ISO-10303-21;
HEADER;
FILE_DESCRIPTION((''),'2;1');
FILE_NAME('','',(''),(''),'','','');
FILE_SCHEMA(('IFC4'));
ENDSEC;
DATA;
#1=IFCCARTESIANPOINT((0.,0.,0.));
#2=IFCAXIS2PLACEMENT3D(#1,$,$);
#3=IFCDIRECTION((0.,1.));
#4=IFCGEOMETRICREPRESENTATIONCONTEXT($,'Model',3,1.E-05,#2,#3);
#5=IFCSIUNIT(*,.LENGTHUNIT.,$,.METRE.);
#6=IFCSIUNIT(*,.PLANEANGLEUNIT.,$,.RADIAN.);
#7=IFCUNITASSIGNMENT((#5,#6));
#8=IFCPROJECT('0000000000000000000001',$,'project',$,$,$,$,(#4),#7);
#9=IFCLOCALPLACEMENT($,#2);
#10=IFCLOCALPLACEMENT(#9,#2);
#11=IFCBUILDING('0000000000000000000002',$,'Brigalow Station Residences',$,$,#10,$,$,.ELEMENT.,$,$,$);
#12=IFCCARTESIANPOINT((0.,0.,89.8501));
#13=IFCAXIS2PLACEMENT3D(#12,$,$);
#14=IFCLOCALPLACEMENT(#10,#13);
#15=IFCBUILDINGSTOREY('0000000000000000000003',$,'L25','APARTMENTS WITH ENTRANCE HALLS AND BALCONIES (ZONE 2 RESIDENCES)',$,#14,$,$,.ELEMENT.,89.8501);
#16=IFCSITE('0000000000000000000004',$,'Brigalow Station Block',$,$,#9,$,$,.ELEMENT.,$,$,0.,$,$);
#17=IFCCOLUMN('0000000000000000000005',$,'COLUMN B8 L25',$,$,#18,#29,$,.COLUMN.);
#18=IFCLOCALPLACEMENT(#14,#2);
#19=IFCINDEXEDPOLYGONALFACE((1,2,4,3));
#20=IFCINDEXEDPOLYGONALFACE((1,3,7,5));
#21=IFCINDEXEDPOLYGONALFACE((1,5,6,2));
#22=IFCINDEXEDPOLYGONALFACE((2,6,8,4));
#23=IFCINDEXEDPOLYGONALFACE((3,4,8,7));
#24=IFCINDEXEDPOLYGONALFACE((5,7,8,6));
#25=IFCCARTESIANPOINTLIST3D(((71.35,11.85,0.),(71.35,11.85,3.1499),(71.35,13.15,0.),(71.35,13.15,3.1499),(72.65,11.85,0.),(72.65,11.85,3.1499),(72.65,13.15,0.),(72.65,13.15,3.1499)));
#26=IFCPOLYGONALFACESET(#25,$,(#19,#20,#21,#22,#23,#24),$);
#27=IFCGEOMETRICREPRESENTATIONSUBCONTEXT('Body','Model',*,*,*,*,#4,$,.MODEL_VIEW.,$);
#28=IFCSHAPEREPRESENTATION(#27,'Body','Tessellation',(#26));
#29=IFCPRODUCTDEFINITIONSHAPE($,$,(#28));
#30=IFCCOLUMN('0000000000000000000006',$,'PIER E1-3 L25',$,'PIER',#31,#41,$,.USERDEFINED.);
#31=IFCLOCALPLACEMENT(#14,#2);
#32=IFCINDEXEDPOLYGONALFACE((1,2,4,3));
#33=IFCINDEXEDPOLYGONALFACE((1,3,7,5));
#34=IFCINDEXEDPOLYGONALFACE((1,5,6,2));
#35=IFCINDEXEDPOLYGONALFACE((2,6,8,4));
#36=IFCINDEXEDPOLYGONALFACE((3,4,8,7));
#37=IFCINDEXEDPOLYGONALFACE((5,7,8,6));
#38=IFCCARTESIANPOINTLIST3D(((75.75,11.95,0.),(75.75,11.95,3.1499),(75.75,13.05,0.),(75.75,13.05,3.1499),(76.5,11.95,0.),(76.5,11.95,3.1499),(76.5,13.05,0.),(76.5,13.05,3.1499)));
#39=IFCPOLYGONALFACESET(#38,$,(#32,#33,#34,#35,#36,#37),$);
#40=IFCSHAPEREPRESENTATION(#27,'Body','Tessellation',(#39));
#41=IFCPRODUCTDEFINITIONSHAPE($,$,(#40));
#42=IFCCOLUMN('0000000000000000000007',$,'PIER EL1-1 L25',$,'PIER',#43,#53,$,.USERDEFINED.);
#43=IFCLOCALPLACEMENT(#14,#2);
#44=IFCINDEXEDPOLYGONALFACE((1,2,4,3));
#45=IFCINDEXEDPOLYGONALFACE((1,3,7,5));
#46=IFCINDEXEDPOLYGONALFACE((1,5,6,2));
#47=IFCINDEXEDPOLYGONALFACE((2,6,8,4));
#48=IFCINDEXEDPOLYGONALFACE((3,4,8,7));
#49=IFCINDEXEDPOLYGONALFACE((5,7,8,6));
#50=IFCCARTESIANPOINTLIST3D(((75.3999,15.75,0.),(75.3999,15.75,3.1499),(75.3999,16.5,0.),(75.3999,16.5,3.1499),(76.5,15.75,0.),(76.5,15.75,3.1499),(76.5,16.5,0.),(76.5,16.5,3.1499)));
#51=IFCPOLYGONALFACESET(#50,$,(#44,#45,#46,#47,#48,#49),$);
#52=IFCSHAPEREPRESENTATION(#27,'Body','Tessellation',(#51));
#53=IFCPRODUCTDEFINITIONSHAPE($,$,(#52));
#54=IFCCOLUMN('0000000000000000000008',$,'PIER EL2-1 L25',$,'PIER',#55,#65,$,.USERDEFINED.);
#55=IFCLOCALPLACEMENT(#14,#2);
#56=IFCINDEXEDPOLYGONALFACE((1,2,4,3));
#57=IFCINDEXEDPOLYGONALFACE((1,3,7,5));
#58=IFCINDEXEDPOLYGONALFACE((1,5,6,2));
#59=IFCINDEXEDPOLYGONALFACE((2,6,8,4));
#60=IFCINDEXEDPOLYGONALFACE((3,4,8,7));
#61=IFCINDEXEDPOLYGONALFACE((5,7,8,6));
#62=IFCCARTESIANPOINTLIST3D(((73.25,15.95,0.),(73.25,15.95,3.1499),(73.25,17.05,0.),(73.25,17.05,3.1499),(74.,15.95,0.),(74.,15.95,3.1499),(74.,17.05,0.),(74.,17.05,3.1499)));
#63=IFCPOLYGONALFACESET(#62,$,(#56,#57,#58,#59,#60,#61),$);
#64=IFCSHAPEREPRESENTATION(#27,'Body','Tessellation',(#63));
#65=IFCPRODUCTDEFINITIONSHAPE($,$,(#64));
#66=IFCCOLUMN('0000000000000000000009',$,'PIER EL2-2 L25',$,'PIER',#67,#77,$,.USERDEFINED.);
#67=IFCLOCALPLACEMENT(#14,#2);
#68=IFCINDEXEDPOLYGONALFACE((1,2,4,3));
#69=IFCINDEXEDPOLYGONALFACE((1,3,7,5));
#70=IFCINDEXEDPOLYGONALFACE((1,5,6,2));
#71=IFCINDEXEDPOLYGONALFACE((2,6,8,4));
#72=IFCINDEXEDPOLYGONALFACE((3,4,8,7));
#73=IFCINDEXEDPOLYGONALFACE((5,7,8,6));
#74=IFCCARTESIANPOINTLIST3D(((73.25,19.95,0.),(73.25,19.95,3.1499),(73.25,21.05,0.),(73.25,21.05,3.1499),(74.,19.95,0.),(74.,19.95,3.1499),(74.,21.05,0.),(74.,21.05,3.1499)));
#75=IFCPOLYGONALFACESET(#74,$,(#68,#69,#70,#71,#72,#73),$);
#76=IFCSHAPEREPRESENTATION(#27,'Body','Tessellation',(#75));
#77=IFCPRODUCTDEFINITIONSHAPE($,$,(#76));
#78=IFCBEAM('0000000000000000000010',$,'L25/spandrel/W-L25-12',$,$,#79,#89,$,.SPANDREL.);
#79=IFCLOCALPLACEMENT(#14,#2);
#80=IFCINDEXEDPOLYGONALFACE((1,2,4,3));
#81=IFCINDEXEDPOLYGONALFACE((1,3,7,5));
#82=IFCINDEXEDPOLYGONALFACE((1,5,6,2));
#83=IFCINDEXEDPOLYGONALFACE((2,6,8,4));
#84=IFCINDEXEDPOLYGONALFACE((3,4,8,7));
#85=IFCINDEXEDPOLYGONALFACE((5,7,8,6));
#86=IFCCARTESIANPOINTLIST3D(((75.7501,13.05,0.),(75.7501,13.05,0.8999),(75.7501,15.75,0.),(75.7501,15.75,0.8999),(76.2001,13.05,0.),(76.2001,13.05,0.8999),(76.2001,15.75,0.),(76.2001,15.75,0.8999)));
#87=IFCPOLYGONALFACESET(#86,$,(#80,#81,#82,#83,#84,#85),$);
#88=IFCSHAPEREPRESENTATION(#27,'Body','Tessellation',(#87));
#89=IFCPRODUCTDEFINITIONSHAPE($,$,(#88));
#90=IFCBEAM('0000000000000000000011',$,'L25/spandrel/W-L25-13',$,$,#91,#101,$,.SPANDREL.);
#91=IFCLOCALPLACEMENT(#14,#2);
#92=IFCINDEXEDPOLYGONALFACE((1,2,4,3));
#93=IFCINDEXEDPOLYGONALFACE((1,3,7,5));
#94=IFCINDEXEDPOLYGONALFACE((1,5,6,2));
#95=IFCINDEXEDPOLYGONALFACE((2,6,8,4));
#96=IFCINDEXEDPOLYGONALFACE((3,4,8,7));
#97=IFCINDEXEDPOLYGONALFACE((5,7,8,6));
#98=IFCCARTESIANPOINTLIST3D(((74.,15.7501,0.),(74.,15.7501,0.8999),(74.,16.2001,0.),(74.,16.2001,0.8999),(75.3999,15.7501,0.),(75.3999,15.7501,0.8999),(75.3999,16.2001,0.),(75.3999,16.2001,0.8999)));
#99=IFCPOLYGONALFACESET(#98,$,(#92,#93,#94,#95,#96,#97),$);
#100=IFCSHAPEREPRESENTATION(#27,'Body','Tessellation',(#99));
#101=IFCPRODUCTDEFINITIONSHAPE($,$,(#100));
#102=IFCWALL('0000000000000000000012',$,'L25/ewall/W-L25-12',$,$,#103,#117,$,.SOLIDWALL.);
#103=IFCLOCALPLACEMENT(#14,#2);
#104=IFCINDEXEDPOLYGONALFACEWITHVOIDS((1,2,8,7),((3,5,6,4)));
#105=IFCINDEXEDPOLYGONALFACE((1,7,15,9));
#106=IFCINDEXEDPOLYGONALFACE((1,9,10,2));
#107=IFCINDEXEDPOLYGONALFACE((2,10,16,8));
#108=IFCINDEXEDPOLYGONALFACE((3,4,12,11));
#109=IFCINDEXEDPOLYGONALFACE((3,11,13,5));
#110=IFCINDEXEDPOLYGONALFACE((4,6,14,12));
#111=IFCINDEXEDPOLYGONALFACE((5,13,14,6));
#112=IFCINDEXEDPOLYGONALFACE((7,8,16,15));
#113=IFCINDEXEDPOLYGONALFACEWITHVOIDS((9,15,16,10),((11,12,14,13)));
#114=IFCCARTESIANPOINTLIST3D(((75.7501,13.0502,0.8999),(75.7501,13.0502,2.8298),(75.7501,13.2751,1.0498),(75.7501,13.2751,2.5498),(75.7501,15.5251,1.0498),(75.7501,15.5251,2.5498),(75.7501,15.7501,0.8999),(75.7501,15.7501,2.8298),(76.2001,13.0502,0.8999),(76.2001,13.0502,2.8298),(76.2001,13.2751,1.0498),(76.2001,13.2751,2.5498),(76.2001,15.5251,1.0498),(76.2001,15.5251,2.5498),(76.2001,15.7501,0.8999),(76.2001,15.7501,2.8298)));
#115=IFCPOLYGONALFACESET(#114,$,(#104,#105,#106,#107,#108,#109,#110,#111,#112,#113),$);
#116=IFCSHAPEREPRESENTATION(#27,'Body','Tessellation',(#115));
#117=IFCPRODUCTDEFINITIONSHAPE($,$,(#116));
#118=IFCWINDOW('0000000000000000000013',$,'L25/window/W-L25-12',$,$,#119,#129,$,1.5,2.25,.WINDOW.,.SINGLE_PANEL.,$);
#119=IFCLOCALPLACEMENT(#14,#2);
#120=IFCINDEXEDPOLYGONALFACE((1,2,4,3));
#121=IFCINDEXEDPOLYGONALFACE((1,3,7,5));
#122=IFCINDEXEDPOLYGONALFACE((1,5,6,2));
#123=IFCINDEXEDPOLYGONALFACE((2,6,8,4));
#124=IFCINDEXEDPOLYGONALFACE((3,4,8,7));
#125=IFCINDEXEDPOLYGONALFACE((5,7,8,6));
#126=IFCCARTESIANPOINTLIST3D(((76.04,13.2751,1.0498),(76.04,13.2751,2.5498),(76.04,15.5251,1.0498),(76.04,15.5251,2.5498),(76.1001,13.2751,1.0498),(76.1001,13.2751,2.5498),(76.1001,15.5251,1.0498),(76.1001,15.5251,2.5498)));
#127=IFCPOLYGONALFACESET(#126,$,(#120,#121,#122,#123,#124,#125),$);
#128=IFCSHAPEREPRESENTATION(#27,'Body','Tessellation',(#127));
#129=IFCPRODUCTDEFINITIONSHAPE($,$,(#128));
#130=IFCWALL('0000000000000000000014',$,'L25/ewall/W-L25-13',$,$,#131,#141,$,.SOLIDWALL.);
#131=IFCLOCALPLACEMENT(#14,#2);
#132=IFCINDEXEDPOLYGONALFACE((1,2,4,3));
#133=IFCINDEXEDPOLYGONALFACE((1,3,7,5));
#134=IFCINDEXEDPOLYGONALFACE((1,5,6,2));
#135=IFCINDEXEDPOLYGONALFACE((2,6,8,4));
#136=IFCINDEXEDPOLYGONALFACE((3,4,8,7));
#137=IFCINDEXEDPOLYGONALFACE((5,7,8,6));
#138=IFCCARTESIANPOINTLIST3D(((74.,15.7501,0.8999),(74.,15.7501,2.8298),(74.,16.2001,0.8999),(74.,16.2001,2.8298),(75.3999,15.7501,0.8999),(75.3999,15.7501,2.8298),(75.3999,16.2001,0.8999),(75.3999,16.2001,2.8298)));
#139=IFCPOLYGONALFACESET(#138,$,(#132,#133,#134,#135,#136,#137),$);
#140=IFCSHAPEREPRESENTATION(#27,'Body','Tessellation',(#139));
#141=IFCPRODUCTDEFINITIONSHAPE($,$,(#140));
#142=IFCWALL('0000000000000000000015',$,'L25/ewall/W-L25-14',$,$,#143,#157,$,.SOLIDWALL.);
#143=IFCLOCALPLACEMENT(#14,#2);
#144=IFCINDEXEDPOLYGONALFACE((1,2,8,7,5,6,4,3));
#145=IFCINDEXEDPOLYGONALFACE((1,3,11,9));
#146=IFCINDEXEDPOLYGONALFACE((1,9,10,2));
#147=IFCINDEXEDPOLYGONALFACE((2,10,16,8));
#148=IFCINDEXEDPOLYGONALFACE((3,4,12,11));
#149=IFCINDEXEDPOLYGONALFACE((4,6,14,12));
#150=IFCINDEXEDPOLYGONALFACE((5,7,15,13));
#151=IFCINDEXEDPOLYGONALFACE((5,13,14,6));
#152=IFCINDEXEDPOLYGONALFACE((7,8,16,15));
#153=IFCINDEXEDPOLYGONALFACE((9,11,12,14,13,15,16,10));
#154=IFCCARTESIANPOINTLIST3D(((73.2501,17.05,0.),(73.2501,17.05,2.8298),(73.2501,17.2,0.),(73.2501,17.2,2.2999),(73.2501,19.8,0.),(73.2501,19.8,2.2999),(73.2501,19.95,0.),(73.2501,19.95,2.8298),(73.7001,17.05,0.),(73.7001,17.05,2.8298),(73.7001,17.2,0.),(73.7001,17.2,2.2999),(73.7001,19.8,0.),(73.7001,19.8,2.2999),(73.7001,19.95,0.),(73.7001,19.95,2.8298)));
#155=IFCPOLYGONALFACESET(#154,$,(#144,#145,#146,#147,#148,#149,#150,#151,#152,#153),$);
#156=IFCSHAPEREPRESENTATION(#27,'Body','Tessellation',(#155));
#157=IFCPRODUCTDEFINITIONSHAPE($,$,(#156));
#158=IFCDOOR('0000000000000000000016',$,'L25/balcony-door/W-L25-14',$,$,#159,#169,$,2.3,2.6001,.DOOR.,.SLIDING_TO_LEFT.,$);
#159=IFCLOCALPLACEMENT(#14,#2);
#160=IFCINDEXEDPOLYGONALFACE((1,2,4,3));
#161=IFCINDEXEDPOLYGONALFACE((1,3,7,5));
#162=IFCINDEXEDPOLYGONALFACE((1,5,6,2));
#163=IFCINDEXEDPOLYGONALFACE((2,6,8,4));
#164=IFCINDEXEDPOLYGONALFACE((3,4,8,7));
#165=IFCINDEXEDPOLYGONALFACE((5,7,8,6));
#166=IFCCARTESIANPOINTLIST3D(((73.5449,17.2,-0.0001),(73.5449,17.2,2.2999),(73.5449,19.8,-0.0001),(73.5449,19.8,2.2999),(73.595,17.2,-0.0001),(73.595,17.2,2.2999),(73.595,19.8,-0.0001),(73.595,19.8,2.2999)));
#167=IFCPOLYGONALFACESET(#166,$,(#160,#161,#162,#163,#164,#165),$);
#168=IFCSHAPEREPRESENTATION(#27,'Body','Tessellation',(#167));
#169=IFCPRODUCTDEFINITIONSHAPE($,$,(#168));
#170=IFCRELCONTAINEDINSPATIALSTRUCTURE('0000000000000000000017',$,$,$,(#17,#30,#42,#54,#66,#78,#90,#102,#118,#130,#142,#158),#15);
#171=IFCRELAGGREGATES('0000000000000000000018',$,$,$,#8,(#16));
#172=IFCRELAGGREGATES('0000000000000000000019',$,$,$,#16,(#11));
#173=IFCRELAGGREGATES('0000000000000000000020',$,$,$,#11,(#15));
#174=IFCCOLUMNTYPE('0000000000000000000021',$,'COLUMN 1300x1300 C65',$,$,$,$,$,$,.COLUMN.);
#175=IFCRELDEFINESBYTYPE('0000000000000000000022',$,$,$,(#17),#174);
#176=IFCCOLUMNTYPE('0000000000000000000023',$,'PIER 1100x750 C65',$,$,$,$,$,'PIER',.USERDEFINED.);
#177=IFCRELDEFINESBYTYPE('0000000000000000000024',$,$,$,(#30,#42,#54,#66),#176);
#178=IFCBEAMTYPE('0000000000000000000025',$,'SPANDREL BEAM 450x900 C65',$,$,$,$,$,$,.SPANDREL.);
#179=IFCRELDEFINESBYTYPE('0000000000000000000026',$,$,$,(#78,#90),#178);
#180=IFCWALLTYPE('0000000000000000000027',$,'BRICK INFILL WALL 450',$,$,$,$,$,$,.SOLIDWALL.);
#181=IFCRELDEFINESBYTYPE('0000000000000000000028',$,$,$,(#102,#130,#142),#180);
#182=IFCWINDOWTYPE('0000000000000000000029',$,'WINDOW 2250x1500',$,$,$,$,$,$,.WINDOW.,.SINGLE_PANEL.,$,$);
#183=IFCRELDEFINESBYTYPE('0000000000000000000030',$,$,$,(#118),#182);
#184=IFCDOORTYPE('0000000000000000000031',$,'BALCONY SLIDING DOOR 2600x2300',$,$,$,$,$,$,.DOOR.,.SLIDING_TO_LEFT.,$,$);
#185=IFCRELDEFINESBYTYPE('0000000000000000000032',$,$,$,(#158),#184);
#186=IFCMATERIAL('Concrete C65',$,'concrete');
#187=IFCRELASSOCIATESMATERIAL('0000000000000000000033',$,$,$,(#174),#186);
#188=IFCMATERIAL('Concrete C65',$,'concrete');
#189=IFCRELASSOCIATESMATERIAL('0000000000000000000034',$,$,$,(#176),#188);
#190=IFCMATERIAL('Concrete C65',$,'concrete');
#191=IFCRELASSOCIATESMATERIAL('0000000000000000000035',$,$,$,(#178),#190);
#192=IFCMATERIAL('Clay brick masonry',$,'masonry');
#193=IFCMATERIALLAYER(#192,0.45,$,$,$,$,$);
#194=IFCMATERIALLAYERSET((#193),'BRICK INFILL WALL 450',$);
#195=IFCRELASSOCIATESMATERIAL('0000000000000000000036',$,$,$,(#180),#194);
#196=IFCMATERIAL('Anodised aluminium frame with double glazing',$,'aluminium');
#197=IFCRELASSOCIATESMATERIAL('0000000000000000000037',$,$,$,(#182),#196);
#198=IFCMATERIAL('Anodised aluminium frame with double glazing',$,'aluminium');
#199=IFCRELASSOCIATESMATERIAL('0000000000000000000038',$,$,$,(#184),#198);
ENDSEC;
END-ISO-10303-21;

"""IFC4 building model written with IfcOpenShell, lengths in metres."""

from ifc_helpers import new_model, si_unit, direction, frame, frame_2d, origin, origin_2d, place, context, subcontext, project, spatial, rectangle, extrude, material, layer, layer_set, material_profile, profile_set, type_object, element, fill, save


model = new_model("IFC4")

# Units and contexts
model_context = context("Model", 3, precision=1e-05, world=origin(), true_north=direction((0.0, 1.0)))
body_context = subcontext(model_context, "Body", "Model", "MODEL_VIEW")
ifc_project = project(units=[si_unit("LENGTHUNIT", "METRE"), si_unit("PLANEANGLEUNIT", "RADIAN")], contexts=[model_context])

# Site, building, storey
site_placement = place(None, origin())
site = spatial("IfcSite", under=ifc_project, at=site_placement, Name="Brigalow Station Block", CompositionType="ELEMENT", RefElevation=0.0)
building_placement = place(site_placement, origin())
building = spatial("IfcBuilding", under=site, at=building_placement, Name="Brigalow Station Residences", CompositionType="ELEMENT")
storey_placement = place(building_placement, frame((0.0, 0.0, 89.8501)))
storey = spatial("IfcBuildingStorey", under=building, at=storey_placement, Name="L25", Description="APARTMENTS WITH ENTRANCE HALLS AND BALCONIES (ZONE 2 RESIDENCES)", CompositionType="ELEMENT", Elevation=89.8501)

# Columns
ifc_material_1 = material(Name="Concrete C65", Category="concrete")
ifc_material_profile_1 = material_profile(ifc_material_1, rectangle(XDim=1.3, YDim=1.3, at=origin_2d()), Name="RC1300x1300")
ifc_profile_set_1 = profile_set([ifc_material_profile_1], Name="Concrete C65")
column_type_1 = type_object("IfcColumnType", Name="COLUMN 1300x1300 C65", PredefinedType="COLUMN", material=ifc_profile_set_1)
column_placement = place(storey_placement, frame((72.0, 12.5, 0.0), z_axis=(0.0, 0.0, 1.0), x_axis=(1.0, 0.0, 0.0)))
element("IfcColumn", 1, at=column_placement, inside=storey, type_object=column_type_1, Name="COLUMN B8 L25", PredefinedType="COLUMN", context=body_context, shape_type="SweptSolid", body=[
    extrude(rectangle(XDim=1.3, YDim=1.3, at=origin_2d()), origin(), (0.0, 0.0, 1.0), 3.1499),
])
ifc_material_2 = material(Name="Concrete C65", Category="concrete")
ifc_material_profile_2 = material_profile(ifc_material_2, rectangle(XDim=1.1001, YDim=0.75, at=origin_2d()), Name="RC1100x750")
ifc_profile_set_2 = profile_set([ifc_material_profile_2], Name="Concrete C65")
column_type_2 = type_object("IfcColumnType", Name="PIER 1100x750 C65", ElementType="PIER", PredefinedType="USERDEFINED", material=ifc_profile_set_2)
for number, where, z_axis, x_axis, name in (
    (2, (76.125, 12.5, 0.0), (0.0, 0.0, 1.0), (0.0, 1.0, 0.0), "PIER E1-3 L25"),
    (3, (75.95, 16.125, 0.0), (0.0, 0.0, 1.0), (-1.0, 0.0, 0.0), "PIER EL1-1 L25"),
    (4, (73.625, 16.5, 0.0), (0.0, 0.0, 1.0), (0.0, 1.0, 0.0), "PIER EL2-1 L25"),
    (5, (73.625, 20.5, 0.0), (0.0, 0.0, 1.0), (0.0, 1.0, 0.0), "PIER EL2-2 L25"),
):
    element("IfcColumn", number, at=place(storey_placement, frame(where, z_axis=z_axis, x_axis=x_axis)), inside=storey, type_object=column_type_2, Name=name, ObjectType="PIER", PredefinedType="USERDEFINED", context=body_context, shape_type="SweptSolid", body=[
        extrude(rectangle(XDim=1.1001, YDim=0.75, at=origin_2d()), origin(), (0.0, 0.0, 1.0), 3.1499),
    ])

# Beams
ifc_material_3 = material(Name="Concrete C65", Category="concrete")
ifc_material_profile_3 = material_profile(ifc_material_3, rectangle(XDim=0.45, YDim=0.8999, at=origin_2d()), Name="RC450x900")
ifc_profile_set_3 = profile_set([ifc_material_profile_3], Name="Concrete C65")
beam_type = type_object("IfcBeamType", Name="SPANDREL BEAM 450x900 C65", PredefinedType="SPANDREL", material=ifc_profile_set_3)
beam_1_placement = place(storey_placement, frame((75.9751, 13.05, 0.45), z_axis=(0.0, 1.0, 0.0), x_axis=(-1.0, 0.0, 0.0)))
element("IfcBeam", 6, at=beam_1_placement, inside=storey, type_object=beam_type, Name="L25/spandrel/W-L25-12", PredefinedType="SPANDREL", context=body_context, shape_type="SweptSolid", body=[
    extrude(rectangle(XDim=0.45, YDim=0.8999, at=origin_2d()), origin(), (0.0, 0.0, 1.0), 2.7),
])
beam_2_placement = place(storey_placement, frame((75.3999, 15.9751, 0.45), z_axis=(-1.0, 0.0, 0.0), x_axis=(0.0, -1.0, 0.0)))
element("IfcBeam", 7, at=beam_2_placement, inside=storey, type_object=beam_type, Name="L25/spandrel/W-L25-13", PredefinedType="SPANDREL", context=body_context, shape_type="SweptSolid", body=[
    extrude(rectangle(XDim=0.45, YDim=0.8999, at=origin_2d()), origin(), (0.0, 0.0, 1.0), 1.3999),
])

# Wall, opening, window
ifc_material_4 = material(Name="Clay brick masonry", Category="masonry")
ifc_layer_1 = layer(ifc_material_4, 0.45)
ifc_layer_set_1 = layer_set([ifc_layer_1], Name="BRICK INFILL WALL 450")
wall_type_1 = type_object("IfcWallType", Name="BRICK INFILL WALL 450", PredefinedType="SOLIDWALL", material=ifc_layer_set_1)
wall_1_placement = place(storey_placement, frame((75.9751, 13.05, 0.8999), z_axis=(0.0, 0.0, 1.0), x_axis=(0.0, 1.0, 0.0)))
wall_1 = element("IfcWall", 8, at=wall_1_placement, inside=storey, type_object=wall_type_1, Name="L25/ewall/W-L25-12", PredefinedType="SOLIDWALL", context=body_context, shape_type="SweptSolid", body=[
    extrude(rectangle(XDim=2.7, YDim=0.45, at=frame_2d((1.3501, 0.0))), origin(), (0.0, 0.0, 1.0), 1.9299),
])
opening_1_placement = place(wall_1_placement, frame((0.2251, 0.0, 0.1499)))
opening_1 = element("IfcOpeningElement", 9, at=opening_1_placement, cuts=wall_1, PredefinedType="OPENING", context=body_context, shape_type="SweptSolid", body=[
    extrude(rectangle(XDim=2.25, YDim=1.5, at=frame_2d((1.125, 0.75))), frame((0.0, 0.2349, 0.0), z_axis=(0.0, -1.0, 0.0), x_axis=(1.0, 0.0, 0.0)), (0.0, 0.0, 1.0), 0.47),
])
ifc_material_5 = material(Name="Anodised aluminium frame with double glazing", Category="aluminium")
window_type = type_object("IfcWindowType", Name="WINDOW 2250x1500", PartitioningType="SINGLE_PANEL", PredefinedType="WINDOW", material=ifc_material_5)
window_placement = place(opening_1_placement, origin())
window = element("IfcWindow", 10, at=window_placement, inside=storey, type_object=window_type, Name="L25/window/W-L25-12", OverallHeight=1.5, OverallWidth=2.25, PartitioningType="SINGLE_PANEL", PredefinedType="WINDOW", context=body_context, shape_type="SweptSolid", body=[
    extrude(rectangle(XDim=2.25, YDim=1.5, at=frame_2d((1.125, 0.75))), frame((0.0, -0.0649, 0.0), z_axis=(0.0, -1.0, 0.0), x_axis=(1.0, 0.0, 0.0)), (0.0, 0.0, 1.0), 0.0601),
])
fill(opening_1, window)

# Wall
wall_2_placement = place(storey_placement, frame((75.3999, 15.9751, 0.8999), z_axis=(0.0, 0.0, 1.0), x_axis=(-1.0, 0.0, 0.0)))
element("IfcWall", 11, at=wall_2_placement, inside=storey, type_object=wall_type_1, Name="L25/ewall/W-L25-13", PredefinedType="SOLIDWALL", context=body_context, shape_type="SweptSolid", body=[
    extrude(rectangle(XDim=1.3999, YDim=0.45, at=frame_2d((0.7, 0.0))), origin(), (0.0, 0.0, 1.0), 1.9299),
])

# Wall, opening, door
wall_3_placement = place(storey_placement, frame((73.4751, 17.05, 0.0), z_axis=(0.0, 0.0, 1.0), x_axis=(0.0, 1.0, 0.0)))
wall_3 = element("IfcWall", 12, at=wall_3_placement, inside=storey, type_object=wall_type_1, Name="L25/ewall/W-L25-14", PredefinedType="SOLIDWALL", context=body_context, shape_type="SweptSolid", body=[
    extrude(rectangle(XDim=2.8999, YDim=0.45, at=frame_2d((1.45, 0.0))), origin(), (0.0, 0.0, 1.0), 2.8298),
])
opening_2_placement = place(wall_3_placement, frame((0.1499, 0.0, 0.0)))
opening_2 = element("IfcOpeningElement", 13, at=opening_2_placement, cuts=wall_3, PredefinedType="OPENING", context=body_context, shape_type="SweptSolid", body=[
    extrude(rectangle(XDim=2.6001, YDim=2.3, at=frame_2d((1.3, 1.1499))), frame((0.0, 0.2349, 0.0), z_axis=(0.0, -1.0, 0.0), x_axis=(1.0, 0.0, 0.0)), (0.0, 0.0, 1.0), 0.47),
])
ifc_material_6 = material(Name="Anodised aluminium frame with double glazing", Category="aluminium")
door_type_1 = type_object("IfcDoorType", Name="BALCONY SLIDING DOOR 2600x2300", OperationType="SLIDING_TO_LEFT", PredefinedType="DOOR", material=ifc_material_6)
door_1_placement = place(opening_2_placement, origin())
door_1 = element("IfcDoor", 14, at=door_1_placement, inside=storey, type_object=door_type_1, Name="L25/balcony-door/W-L25-14", OperationType="SLIDING_TO_LEFT", OverallHeight=2.3, OverallWidth=2.6001, PredefinedType="DOOR", context=body_context, shape_type="SweptSolid", body=[
    extrude(rectangle(XDim=2.6001, YDim=2.3, at=frame_2d((1.3, 1.1499))), frame((0.0, -0.0698, 0.0), z_axis=(0.0, -1.0, 0.0), x_axis=(1.0, 0.0, 0.0)), (0.0, 0.0, 1.0), 0.05),
])
fill(opening_2, door_1)

save(model, "model.ifc")
